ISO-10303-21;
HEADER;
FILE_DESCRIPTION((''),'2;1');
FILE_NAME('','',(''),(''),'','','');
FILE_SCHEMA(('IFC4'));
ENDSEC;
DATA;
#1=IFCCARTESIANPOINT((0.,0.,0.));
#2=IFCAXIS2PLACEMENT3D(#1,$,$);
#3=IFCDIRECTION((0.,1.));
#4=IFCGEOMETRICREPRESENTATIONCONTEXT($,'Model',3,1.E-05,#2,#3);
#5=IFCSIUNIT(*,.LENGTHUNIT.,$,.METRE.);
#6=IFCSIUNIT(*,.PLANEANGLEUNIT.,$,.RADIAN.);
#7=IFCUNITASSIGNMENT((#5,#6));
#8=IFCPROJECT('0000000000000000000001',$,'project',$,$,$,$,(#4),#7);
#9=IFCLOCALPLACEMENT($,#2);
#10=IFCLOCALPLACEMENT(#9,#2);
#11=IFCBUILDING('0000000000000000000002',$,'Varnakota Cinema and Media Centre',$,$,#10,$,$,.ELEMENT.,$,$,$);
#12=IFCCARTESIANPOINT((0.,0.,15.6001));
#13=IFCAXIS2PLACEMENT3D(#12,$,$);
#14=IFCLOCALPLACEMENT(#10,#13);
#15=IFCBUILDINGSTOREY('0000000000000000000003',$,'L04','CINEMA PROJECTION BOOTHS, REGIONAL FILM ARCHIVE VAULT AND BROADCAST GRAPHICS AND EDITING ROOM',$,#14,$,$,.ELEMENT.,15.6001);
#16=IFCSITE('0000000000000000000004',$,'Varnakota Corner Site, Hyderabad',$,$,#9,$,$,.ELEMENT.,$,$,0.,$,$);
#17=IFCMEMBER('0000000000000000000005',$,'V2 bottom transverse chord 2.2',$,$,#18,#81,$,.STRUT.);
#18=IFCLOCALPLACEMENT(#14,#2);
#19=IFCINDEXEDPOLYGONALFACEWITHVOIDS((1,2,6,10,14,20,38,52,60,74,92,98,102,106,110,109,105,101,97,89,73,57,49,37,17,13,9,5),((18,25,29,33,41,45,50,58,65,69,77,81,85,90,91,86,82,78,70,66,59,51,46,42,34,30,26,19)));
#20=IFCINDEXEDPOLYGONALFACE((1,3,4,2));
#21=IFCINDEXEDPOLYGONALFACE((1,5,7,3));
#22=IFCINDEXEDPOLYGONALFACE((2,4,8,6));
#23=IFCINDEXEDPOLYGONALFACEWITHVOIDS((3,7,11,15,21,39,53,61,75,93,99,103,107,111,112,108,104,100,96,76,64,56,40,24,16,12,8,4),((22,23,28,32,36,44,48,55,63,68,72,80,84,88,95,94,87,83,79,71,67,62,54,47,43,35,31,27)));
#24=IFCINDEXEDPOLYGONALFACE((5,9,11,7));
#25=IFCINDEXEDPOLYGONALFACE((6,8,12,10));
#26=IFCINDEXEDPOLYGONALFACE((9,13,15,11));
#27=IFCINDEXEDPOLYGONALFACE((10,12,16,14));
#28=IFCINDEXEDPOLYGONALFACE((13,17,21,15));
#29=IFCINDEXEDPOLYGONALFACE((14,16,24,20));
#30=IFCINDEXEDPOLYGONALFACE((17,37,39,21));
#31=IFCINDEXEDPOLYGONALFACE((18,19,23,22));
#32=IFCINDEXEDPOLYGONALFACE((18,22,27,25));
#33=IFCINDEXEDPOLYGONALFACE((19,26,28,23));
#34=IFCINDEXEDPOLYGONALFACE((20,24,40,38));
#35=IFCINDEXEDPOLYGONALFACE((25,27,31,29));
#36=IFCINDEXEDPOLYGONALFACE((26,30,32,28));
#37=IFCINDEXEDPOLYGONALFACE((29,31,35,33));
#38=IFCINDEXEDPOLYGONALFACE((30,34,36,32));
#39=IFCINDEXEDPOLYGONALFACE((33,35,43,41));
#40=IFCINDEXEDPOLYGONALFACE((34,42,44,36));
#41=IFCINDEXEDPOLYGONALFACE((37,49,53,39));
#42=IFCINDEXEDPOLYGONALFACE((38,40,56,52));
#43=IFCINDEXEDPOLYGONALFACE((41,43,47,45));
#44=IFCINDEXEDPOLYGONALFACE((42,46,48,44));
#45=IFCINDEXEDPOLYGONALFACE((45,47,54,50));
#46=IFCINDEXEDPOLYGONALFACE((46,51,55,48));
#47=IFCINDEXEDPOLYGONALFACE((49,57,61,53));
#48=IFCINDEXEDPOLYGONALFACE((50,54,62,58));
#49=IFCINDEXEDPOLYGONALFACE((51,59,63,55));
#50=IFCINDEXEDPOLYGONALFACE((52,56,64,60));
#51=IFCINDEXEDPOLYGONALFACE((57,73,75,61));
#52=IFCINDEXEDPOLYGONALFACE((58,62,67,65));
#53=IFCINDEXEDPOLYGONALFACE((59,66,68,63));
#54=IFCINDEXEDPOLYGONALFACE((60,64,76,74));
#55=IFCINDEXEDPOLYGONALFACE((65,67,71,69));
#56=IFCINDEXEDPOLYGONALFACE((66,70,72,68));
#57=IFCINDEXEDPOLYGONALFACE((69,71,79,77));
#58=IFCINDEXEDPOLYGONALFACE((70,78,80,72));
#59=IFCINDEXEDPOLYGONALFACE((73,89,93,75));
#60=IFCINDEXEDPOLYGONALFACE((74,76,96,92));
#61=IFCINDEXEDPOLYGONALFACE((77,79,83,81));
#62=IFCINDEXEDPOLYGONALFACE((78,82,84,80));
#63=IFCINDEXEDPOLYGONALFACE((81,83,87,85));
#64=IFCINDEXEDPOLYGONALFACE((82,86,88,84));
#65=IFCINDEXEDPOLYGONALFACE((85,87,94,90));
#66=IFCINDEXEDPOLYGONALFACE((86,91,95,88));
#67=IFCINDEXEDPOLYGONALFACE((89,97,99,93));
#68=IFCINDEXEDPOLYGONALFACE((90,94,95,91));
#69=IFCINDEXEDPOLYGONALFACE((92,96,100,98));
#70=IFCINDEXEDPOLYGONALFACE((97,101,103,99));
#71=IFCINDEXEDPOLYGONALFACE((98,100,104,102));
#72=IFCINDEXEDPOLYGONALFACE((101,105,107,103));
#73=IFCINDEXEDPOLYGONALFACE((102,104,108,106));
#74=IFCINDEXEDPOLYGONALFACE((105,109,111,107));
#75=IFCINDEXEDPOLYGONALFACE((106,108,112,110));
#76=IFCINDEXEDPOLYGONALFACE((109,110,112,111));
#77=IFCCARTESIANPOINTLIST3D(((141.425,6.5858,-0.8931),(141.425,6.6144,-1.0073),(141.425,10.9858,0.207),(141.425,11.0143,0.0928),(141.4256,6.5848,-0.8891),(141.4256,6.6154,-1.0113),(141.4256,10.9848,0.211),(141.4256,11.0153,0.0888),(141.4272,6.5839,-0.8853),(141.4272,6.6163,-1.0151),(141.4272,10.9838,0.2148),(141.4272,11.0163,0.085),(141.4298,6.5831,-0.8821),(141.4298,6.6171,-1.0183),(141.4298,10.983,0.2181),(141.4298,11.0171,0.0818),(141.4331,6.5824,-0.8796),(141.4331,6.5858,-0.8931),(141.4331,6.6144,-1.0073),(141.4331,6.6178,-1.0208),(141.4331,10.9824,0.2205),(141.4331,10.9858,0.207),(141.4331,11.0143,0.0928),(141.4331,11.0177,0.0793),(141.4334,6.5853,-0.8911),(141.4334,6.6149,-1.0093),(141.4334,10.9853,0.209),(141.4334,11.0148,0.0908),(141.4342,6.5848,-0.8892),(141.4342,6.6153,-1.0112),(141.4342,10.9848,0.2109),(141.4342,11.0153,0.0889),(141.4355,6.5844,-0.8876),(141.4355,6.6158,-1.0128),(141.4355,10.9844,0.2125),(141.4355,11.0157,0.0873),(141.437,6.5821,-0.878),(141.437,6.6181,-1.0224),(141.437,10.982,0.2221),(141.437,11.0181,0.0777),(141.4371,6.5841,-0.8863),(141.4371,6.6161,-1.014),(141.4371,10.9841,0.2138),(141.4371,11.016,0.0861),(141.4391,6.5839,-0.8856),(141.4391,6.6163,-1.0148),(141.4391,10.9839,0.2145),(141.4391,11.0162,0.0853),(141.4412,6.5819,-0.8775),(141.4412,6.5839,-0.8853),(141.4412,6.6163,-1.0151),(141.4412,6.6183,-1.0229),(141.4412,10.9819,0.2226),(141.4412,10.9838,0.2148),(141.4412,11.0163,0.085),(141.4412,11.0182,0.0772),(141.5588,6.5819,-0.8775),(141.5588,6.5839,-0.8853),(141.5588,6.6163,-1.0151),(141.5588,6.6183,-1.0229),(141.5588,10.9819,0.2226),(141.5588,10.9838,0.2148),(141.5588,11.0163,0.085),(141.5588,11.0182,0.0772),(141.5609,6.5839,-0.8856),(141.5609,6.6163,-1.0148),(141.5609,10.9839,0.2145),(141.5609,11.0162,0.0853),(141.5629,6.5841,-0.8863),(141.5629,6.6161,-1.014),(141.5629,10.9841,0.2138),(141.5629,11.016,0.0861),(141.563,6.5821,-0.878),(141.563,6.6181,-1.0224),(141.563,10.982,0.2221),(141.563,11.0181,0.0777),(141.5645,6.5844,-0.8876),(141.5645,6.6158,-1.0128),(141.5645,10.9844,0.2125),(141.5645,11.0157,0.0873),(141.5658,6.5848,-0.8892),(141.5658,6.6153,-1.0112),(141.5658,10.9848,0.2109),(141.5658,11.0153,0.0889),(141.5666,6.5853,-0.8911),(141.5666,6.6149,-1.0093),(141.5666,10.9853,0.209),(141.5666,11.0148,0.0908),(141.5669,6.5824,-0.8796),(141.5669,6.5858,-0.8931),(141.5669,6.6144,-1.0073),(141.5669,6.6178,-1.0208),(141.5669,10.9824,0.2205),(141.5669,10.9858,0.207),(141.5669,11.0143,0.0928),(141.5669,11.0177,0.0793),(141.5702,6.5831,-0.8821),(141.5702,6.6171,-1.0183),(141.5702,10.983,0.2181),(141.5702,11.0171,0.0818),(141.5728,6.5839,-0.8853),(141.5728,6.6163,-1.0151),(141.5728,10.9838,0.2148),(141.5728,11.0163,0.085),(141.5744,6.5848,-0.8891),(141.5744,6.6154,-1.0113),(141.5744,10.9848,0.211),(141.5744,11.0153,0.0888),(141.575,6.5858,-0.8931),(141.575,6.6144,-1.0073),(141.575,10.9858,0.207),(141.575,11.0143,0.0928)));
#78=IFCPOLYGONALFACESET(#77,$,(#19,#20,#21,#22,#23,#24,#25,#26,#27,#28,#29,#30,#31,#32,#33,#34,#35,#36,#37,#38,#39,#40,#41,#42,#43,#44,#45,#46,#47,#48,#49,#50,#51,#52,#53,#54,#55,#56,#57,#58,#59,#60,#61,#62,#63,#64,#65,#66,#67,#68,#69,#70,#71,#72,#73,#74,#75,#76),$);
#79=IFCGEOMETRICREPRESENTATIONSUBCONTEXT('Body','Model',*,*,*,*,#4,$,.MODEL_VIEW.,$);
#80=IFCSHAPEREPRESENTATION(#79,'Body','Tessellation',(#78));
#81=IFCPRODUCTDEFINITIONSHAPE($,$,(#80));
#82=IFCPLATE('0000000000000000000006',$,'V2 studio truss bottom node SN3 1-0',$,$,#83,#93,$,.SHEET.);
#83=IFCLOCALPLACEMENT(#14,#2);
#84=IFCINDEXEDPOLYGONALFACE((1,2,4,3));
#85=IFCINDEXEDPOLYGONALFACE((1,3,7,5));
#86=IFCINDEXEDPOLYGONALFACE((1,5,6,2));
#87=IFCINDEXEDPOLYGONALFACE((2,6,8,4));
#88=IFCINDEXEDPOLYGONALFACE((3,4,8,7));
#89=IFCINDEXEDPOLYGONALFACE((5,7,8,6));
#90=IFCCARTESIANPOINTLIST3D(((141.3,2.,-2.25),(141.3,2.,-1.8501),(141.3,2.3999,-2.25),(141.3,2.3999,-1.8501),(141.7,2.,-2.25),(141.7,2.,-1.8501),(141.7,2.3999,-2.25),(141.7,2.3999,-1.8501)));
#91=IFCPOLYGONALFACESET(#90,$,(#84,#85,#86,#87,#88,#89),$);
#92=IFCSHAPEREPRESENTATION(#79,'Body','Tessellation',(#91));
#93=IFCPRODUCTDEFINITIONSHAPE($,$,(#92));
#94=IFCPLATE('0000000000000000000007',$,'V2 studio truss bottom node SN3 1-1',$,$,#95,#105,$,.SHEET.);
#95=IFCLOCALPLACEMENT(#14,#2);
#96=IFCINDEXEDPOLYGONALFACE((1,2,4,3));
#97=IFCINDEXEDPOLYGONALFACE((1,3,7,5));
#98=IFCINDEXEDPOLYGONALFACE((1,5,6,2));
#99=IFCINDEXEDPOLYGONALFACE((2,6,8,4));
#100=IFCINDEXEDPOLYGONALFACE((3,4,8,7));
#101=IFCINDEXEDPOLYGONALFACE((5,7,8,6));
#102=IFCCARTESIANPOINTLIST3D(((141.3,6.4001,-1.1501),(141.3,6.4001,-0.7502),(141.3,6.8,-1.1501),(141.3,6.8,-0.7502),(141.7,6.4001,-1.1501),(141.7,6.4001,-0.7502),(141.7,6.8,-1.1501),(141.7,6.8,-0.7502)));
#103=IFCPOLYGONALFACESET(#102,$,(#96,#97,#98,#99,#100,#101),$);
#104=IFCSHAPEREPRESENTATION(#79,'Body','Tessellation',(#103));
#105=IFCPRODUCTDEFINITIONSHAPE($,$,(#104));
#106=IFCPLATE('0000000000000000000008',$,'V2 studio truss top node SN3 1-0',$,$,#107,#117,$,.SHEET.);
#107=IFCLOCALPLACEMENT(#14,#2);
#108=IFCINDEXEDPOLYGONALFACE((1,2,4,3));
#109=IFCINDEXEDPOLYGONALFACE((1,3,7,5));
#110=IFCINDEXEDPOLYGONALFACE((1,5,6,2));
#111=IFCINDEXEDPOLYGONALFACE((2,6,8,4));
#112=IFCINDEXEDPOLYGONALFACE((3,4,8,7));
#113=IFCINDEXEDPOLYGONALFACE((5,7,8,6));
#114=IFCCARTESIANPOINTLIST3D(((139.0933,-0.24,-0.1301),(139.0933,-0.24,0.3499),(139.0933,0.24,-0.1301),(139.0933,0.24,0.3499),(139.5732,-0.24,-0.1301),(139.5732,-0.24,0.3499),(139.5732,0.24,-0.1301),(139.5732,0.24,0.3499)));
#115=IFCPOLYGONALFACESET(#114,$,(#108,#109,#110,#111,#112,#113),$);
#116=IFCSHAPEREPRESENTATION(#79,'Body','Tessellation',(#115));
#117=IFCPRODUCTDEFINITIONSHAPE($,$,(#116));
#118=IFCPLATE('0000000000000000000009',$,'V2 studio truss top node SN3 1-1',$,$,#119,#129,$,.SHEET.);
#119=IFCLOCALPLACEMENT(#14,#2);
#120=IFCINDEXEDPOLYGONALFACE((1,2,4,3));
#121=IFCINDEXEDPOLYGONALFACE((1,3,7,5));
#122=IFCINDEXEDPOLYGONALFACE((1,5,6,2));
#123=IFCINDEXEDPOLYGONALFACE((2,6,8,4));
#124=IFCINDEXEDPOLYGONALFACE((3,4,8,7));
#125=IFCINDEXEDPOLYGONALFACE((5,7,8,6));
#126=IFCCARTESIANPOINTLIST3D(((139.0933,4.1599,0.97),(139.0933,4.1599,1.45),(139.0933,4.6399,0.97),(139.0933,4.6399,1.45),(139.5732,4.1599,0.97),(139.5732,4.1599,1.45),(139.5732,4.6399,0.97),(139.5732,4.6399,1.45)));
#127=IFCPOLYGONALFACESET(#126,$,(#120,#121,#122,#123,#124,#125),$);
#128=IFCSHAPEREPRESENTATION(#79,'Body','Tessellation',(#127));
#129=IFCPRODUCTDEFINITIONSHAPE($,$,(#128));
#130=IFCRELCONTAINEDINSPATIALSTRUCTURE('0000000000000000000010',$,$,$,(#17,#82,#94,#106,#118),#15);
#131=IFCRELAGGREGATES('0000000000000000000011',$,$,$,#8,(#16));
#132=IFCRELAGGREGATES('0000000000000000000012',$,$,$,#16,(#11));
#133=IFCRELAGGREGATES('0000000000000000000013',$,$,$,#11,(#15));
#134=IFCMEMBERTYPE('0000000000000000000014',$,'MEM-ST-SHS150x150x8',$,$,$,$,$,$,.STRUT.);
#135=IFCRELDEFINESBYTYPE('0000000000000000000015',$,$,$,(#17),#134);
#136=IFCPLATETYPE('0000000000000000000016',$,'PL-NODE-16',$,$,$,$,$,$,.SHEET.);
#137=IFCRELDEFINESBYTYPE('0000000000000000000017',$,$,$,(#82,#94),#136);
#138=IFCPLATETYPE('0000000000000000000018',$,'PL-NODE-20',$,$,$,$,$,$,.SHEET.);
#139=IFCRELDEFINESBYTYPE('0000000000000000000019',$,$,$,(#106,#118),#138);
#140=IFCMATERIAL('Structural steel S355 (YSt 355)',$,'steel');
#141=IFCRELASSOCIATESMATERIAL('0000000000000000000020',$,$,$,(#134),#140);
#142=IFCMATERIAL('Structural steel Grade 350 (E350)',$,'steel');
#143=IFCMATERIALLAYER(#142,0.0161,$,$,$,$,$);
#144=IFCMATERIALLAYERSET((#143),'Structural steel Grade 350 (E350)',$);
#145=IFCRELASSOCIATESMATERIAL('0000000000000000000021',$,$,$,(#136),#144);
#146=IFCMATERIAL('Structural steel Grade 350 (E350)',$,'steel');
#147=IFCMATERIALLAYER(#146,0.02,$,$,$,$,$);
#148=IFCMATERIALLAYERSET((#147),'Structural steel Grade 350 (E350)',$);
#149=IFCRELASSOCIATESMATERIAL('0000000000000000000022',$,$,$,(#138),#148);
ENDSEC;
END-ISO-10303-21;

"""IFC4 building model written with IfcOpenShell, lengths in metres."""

from ifc_helpers import new_model, si_unit, direction, frame, origin, origin_2d, place, context, subcontext, project, spatial, rectangle, hollow_rectangle, extrude, material, layer, layer_set, material_profile, profile_set, type_object, element, save


model = new_model("IFC4")

# Units and contexts
model_context = context("Model", 3, precision=1e-05, world=origin(), true_north=direction((0.0, 1.0)))
body_context = subcontext(model_context, "Body", "Model", "MODEL_VIEW")
ifc_project = project(units=[si_unit("LENGTHUNIT", "METRE"), si_unit("PLANEANGLEUNIT", "RADIAN")], contexts=[model_context])

# Site, building, storey
site_placement = place(None, origin())
site = spatial("IfcSite", under=ifc_project, at=site_placement, Name="Varnakota Corner Site, Hyderabad", CompositionType="ELEMENT", RefElevation=0.0)
building_placement = place(site_placement, origin())
building = spatial("IfcBuilding", under=site, at=building_placement, Name="Varnakota Cinema and Media Centre", CompositionType="ELEMENT")
storey_placement = place(building_placement, frame((0.0, 0.0, 15.6001)))
storey = spatial("IfcBuildingStorey", under=building, at=storey_placement, Name="L04", Description="CINEMA PROJECTION BOOTHS, REGIONAL FILM ARCHIVE VAULT AND BROADCAST GRAPHICS AND EDITING ROOM", CompositionType="ELEMENT", Elevation=15.6001)

# Member
ifc_material_1 = material(Name="Structural steel S355 (YSt 355)", Category="steel")
ifc_material_profile_1 = material_profile(ifc_material_1, hollow_rectangle(XDim=0.1499, YDim=0.1499, WallThickness=0.0081, InnerFilletRadius=0.0081, OuterFilletRadius=0.0161, at=origin_2d()), Name="SHS 150x150x8")
ifc_profile_set_1 = profile_set([ifc_material_profile_1], Name="Structural steel S355 (YSt 355)")
member_type_1 = type_object("IfcMemberType", Name="MEM-ST-SHS150x150x8", PredefinedType="STRUT", material=ifc_profile_set_1)
member_1_placement = place(storey_placement, frame((141.5, 6.6001, -0.9502), z_axis=(0.0, 0.970136, 0.242561), x_axis=(-1.0, 0.0, 0.0)))
element("IfcMember", 1, at=member_1_placement, inside=storey, type_object=member_type_1, Name="V2 bottom transverse chord 2.2", PredefinedType="STRUT", context=body_context, shape_type="SweptSolid", body=[
    extrude(hollow_rectangle(XDim=0.1499, YDim=0.1499, WallThickness=0.0081, InnerFilletRadius=0.0081, OuterFilletRadius=0.0161, at=origin_2d()), origin(), (0.0, 0.0, 1.0), 4.5354),
])

# Plates
ifc_material_2 = material(Name="Structural steel Grade 350 (E350)", Category="steel")
ifc_layer_1 = layer(ifc_material_2, 0.0161)
ifc_layer_set_1 = layer_set([ifc_layer_1], Name="Structural steel Grade 350 (E350)")
plate_type_1 = type_object("IfcPlateType", Name="PL-NODE-16", PredefinedType="SHEET", material=ifc_layer_set_1)
for number, where, z_axis, x_axis, name in (
    (2, (141.5, 2.2, -2.25), (0.0, 0.0, 1.0), (1.0, 0.0, 0.0), "V2 studio truss bottom node SN3 1-0"),
    (3, (141.5, 6.6001, -1.1501), (0.0, 0.0, 1.0), (1.0, 0.0, 0.0), "V2 studio truss bottom node SN3 1-1"),
):
    element("IfcPlate", number, at=place(storey_placement, frame(where, z_axis=z_axis, x_axis=x_axis)), inside=storey, type_object=plate_type_1, Name=name, PredefinedType="SHEET", context=body_context, shape_type="SweptSolid", body=[
        extrude(rectangle(XDim=0.3999, YDim=0.3999, at=origin_2d()), origin(), (0.0, 0.0, 1.0), 0.3999),
    ])
ifc_material_3 = material(Name="Structural steel Grade 350 (E350)", Category="steel")
ifc_layer_2 = layer(ifc_material_3, 0.02)
ifc_layer_set_2 = layer_set([ifc_layer_2], Name="Structural steel Grade 350 (E350)")
plate_type_2 = type_object("IfcPlateType", Name="PL-NODE-20", PredefinedType="SHEET", material=ifc_layer_set_2)
for number, where, z_axis, x_axis, name in (
    (4, (139.3333, 0.0, -0.1301), (0.0, 0.0, 1.0), (1.0, 0.0, 0.0), "V2 studio truss top node SN3 1-0"),
    (5, (139.3333, 4.3999, 0.97), (0.0, 0.0, 1.0), (1.0, 0.0, 0.0), "V2 studio truss top node SN3 1-1"),
):
    element("IfcPlate", number, at=place(storey_placement, frame(where, z_axis=z_axis, x_axis=x_axis)), inside=storey, type_object=plate_type_2, Name=name, PredefinedType="SHEET", context=body_context, shape_type="SweptSolid", body=[
        extrude(rectangle(XDim=0.48, YDim=0.48, at=origin_2d()), origin(), (0.0, 0.0, 1.0), 0.48),
    ])

save(model, "model.ifc")
